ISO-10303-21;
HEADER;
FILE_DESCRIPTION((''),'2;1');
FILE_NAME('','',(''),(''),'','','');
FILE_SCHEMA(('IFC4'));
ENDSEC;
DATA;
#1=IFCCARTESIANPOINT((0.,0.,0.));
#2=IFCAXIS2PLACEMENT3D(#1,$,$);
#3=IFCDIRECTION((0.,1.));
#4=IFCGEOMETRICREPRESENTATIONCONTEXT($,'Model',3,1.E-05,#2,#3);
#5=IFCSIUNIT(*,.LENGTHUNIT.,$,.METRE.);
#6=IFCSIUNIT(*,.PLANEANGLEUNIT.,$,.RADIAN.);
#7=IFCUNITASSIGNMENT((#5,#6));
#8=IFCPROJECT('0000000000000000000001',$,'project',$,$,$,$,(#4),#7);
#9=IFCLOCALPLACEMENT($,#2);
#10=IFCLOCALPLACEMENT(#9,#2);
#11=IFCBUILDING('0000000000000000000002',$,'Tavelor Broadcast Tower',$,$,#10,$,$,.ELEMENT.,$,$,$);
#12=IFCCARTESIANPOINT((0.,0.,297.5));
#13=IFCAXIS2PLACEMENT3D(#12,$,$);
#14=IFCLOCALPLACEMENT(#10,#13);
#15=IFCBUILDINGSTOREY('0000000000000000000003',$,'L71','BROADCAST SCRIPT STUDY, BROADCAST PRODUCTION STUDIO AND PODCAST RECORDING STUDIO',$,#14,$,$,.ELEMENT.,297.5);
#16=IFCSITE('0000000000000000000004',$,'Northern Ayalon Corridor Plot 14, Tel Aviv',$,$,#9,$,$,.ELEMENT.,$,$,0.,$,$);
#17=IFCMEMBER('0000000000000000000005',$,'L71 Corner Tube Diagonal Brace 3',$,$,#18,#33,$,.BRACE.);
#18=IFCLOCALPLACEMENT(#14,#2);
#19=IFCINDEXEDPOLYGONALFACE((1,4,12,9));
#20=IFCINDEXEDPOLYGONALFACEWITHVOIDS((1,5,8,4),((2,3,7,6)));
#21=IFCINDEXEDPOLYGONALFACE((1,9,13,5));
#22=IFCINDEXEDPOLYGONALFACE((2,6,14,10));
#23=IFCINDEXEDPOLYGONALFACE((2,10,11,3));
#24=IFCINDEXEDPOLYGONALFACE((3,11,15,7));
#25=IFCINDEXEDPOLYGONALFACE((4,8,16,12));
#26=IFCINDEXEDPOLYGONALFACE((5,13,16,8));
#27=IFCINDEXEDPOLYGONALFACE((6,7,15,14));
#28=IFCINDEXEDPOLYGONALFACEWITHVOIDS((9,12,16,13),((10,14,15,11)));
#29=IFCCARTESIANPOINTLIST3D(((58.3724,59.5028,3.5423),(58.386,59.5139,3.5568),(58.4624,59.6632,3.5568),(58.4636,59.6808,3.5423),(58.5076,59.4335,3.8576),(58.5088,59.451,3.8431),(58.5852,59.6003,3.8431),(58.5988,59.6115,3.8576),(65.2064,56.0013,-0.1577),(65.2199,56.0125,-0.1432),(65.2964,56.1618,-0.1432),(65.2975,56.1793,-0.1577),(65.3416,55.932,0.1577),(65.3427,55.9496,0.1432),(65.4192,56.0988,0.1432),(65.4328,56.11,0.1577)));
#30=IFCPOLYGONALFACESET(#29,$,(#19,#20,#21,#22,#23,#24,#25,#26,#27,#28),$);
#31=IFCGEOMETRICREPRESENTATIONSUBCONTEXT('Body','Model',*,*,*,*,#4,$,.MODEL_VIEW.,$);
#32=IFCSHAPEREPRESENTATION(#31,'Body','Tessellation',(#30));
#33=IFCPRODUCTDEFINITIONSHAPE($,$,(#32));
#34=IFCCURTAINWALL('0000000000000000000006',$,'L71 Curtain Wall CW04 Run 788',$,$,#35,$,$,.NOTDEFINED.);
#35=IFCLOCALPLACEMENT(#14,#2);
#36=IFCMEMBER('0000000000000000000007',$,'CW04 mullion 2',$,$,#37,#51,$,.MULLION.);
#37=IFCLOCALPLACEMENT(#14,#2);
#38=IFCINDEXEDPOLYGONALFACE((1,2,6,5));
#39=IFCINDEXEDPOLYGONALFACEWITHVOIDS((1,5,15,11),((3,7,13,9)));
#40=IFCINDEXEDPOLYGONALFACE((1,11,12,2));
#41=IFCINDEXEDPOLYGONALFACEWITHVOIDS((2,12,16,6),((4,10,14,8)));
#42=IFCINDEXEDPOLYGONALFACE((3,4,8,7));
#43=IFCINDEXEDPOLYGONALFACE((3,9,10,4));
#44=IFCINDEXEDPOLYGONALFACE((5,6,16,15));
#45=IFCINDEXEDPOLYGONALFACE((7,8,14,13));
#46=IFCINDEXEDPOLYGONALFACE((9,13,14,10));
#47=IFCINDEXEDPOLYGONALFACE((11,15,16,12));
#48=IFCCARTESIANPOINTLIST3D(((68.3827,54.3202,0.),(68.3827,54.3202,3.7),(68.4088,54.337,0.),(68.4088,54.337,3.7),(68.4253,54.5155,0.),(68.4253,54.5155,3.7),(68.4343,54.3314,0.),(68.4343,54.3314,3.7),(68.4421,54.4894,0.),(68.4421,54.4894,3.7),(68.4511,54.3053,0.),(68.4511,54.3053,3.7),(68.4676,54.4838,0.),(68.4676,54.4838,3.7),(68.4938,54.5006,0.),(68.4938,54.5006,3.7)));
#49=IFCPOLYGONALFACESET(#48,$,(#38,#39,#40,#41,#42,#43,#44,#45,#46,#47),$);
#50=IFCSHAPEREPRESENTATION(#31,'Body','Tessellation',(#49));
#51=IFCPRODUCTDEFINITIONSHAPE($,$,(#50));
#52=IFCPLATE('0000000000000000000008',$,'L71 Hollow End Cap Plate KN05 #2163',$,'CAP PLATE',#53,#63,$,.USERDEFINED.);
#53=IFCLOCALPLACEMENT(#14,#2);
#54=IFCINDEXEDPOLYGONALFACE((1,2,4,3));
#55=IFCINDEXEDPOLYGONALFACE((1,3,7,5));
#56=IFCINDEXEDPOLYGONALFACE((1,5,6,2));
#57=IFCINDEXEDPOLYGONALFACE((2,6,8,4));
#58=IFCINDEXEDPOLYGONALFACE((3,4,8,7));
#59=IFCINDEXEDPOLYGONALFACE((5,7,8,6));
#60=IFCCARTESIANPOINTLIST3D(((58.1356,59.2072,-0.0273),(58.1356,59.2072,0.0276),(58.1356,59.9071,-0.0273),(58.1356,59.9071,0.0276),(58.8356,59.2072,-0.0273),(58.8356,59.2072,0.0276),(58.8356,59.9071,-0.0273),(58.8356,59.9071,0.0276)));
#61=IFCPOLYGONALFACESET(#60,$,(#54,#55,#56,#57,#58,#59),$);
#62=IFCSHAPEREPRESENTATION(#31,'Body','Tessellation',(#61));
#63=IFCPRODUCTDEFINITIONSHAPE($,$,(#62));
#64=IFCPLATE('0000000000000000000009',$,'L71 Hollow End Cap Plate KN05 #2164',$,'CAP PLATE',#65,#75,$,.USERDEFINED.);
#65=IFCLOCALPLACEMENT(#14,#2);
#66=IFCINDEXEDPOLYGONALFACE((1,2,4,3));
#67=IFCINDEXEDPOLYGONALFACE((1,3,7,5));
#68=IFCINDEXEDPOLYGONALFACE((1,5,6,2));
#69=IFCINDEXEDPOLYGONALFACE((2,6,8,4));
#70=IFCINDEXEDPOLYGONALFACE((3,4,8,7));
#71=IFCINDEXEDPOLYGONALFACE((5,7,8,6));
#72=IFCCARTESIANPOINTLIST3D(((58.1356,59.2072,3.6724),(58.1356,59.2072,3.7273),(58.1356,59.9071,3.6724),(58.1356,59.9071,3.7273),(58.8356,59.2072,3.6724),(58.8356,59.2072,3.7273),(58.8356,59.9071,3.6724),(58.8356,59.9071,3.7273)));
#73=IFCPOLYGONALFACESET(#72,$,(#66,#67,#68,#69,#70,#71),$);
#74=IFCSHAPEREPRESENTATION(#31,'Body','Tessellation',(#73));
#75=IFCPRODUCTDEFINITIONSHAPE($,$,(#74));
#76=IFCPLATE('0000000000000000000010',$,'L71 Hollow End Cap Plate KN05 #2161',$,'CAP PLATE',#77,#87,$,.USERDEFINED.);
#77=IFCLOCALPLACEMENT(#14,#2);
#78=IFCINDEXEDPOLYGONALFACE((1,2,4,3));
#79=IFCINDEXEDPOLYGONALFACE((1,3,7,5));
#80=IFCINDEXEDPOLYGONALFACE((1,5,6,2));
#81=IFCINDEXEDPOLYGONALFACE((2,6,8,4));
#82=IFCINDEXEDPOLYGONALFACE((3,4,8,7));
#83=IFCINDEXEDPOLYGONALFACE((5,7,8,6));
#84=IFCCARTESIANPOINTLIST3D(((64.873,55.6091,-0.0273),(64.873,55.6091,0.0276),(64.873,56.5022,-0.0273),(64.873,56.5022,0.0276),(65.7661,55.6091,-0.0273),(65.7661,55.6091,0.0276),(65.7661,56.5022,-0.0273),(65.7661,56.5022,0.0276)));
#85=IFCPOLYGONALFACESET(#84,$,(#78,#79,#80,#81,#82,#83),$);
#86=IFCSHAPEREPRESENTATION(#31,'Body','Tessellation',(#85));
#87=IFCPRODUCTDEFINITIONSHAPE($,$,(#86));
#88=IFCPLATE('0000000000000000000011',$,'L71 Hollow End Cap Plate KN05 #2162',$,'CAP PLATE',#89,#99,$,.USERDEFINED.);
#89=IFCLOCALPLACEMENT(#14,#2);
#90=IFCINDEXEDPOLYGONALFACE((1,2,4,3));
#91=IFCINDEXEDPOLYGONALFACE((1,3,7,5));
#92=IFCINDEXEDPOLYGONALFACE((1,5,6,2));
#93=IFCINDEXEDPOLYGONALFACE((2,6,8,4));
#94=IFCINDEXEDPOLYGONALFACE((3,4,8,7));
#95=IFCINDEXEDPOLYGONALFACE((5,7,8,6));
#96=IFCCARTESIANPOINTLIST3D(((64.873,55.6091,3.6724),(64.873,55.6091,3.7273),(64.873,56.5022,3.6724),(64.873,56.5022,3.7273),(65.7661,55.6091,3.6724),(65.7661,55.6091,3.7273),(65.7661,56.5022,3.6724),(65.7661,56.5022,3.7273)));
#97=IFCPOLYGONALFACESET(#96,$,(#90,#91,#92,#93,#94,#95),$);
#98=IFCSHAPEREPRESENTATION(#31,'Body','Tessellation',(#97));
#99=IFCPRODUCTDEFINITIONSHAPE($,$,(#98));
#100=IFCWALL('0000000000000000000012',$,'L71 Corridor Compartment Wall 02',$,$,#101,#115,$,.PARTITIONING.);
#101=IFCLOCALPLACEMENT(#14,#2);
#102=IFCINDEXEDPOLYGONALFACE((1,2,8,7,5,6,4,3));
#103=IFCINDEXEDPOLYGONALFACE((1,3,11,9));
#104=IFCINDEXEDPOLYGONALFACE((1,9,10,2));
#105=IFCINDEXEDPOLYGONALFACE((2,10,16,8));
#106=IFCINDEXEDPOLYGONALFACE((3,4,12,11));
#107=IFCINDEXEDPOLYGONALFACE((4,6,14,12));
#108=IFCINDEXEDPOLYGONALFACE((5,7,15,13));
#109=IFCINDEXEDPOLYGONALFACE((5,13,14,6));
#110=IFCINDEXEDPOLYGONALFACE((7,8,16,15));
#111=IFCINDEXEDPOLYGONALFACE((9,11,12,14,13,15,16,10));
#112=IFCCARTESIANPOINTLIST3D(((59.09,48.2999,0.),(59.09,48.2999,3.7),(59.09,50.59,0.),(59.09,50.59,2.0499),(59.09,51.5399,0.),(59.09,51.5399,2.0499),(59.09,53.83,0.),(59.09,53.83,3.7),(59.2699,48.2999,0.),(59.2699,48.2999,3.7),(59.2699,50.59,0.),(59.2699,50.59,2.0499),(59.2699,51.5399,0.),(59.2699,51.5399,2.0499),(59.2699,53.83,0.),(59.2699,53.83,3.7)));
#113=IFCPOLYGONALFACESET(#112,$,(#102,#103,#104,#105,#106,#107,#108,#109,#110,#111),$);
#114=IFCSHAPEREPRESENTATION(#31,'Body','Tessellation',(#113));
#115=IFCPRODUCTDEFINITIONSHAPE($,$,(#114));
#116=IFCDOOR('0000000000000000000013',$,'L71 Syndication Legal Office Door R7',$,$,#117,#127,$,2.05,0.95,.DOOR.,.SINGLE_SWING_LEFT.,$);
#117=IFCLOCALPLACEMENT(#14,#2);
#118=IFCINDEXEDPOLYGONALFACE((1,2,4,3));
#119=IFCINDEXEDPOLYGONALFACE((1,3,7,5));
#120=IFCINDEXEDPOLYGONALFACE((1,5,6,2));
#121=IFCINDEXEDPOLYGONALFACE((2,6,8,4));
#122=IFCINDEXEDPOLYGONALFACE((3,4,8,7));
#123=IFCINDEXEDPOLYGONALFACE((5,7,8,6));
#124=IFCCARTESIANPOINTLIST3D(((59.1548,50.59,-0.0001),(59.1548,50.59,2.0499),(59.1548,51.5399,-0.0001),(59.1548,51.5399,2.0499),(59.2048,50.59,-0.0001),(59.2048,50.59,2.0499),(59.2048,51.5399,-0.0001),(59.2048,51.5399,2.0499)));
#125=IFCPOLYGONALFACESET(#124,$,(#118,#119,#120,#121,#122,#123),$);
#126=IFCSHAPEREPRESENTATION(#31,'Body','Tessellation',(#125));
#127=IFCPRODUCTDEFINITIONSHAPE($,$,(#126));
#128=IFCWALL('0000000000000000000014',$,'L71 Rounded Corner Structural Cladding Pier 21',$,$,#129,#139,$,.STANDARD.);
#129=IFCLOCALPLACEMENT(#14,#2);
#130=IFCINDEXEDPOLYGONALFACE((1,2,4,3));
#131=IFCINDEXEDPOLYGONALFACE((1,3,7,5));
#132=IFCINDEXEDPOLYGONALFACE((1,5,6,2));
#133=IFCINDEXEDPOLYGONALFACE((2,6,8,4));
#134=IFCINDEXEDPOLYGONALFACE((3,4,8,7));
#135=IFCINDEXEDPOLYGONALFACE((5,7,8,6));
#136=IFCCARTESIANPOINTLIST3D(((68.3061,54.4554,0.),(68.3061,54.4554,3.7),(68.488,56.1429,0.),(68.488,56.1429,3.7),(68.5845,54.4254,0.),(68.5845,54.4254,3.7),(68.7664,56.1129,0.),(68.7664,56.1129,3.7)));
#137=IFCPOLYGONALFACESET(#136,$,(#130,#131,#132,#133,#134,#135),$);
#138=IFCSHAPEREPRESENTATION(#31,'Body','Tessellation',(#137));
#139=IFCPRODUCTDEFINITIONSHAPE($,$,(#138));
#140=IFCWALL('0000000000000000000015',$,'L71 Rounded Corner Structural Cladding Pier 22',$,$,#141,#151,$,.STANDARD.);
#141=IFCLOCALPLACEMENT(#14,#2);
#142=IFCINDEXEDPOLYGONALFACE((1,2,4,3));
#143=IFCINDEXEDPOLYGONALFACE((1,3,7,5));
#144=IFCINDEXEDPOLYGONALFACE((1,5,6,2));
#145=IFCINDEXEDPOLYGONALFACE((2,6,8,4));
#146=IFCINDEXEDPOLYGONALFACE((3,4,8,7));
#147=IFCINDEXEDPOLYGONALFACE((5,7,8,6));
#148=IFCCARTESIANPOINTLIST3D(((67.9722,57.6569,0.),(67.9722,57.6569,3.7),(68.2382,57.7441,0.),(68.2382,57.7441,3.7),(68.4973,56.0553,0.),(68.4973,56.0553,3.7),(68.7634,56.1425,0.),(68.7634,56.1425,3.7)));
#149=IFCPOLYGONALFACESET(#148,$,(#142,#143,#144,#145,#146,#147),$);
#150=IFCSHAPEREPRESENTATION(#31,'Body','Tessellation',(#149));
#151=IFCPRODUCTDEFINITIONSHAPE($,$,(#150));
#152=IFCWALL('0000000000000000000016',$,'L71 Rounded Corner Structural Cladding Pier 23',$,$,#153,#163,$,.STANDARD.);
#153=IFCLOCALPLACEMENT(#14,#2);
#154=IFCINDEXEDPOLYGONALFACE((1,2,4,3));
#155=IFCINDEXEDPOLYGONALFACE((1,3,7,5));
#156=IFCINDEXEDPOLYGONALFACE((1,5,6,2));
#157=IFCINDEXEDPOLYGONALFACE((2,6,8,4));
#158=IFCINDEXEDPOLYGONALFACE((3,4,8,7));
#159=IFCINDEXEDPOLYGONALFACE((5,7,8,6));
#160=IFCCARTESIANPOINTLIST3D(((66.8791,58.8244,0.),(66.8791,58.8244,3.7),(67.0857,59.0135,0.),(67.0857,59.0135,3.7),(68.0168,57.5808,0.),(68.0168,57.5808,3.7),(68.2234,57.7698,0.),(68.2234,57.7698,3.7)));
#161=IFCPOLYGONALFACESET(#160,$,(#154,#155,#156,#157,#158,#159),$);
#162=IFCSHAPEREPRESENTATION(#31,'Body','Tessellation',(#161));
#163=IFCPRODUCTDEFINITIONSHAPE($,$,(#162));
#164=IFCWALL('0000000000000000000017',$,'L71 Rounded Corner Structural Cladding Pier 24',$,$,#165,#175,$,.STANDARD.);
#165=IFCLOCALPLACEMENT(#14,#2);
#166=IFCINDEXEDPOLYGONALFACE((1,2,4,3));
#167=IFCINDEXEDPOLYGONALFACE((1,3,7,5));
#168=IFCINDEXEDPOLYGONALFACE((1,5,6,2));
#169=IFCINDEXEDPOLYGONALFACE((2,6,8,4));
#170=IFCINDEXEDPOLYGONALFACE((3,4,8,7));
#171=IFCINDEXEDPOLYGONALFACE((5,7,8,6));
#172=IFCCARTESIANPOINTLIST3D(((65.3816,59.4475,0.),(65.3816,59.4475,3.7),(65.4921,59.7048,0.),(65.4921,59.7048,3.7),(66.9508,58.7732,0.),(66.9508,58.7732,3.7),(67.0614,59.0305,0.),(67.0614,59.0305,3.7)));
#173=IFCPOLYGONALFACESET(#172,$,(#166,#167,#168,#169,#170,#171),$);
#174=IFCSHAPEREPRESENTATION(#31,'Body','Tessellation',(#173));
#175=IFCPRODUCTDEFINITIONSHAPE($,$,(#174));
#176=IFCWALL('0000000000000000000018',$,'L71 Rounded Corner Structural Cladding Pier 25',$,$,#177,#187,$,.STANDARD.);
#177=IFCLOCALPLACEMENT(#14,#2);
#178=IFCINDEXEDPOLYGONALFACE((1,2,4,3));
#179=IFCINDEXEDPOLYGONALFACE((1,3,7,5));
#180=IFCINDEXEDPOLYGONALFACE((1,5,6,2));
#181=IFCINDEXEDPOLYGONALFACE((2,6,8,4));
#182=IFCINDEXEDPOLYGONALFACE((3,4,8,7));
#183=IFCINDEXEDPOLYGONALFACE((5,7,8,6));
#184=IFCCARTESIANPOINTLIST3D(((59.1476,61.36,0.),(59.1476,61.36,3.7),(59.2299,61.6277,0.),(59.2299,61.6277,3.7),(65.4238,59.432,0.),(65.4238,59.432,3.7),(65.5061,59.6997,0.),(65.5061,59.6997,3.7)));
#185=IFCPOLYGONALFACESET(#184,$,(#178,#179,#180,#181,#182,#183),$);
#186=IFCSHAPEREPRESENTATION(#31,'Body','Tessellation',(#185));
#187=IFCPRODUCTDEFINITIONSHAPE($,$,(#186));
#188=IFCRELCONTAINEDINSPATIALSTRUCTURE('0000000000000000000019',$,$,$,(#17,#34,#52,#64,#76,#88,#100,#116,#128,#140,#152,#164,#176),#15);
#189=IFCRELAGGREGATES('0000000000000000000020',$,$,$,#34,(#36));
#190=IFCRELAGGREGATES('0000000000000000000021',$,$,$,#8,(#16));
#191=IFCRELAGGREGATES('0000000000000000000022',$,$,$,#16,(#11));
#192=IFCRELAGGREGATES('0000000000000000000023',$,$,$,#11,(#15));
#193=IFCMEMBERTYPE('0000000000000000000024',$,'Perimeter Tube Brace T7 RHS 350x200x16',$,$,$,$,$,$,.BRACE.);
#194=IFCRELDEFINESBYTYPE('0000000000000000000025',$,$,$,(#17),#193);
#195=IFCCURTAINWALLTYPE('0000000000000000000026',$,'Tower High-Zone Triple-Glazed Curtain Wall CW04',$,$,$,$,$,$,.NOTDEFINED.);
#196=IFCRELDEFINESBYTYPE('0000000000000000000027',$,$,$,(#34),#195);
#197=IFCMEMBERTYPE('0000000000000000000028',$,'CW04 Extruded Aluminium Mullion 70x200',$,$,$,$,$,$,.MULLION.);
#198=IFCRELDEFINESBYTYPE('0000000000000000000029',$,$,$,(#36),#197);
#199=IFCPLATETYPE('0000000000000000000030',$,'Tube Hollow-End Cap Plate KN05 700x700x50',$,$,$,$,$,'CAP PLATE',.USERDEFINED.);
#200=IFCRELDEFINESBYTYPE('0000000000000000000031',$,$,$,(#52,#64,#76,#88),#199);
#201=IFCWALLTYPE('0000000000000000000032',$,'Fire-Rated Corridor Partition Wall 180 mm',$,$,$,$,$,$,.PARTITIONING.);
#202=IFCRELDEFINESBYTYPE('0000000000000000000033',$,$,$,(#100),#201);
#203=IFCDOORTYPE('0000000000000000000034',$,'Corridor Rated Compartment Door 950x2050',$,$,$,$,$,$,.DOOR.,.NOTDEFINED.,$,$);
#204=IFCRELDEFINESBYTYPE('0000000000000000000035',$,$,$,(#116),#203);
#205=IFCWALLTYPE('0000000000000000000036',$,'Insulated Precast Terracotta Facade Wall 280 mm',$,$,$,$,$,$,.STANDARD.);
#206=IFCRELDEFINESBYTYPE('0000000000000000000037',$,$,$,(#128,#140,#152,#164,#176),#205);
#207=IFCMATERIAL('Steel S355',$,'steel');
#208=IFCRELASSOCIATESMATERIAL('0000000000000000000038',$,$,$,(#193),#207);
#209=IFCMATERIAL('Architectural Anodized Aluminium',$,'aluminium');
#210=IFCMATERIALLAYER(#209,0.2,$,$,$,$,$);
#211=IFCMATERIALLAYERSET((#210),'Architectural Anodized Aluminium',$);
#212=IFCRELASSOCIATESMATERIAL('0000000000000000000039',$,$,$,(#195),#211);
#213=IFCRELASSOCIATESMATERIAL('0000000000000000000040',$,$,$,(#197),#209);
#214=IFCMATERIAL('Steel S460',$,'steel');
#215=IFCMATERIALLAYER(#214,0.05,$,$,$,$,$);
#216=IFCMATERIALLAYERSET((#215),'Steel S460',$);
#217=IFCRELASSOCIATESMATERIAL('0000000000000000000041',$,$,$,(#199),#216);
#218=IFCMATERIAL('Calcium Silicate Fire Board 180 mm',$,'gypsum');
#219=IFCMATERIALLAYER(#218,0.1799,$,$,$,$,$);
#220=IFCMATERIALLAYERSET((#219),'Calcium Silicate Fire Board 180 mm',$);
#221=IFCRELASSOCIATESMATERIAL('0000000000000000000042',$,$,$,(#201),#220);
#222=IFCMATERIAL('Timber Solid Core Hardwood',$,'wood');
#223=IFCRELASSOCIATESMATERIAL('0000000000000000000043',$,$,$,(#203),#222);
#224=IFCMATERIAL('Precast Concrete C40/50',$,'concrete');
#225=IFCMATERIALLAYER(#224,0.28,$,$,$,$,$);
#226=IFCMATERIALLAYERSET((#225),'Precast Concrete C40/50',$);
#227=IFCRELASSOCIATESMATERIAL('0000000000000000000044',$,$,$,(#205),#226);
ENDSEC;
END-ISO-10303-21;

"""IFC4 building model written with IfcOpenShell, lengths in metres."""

from ifc_helpers import new_model, si_unit, direction, frame, frame_2d, origin, origin_2d, place, context, subcontext, project, spatial, rectangle, hollow_rectangle, extrude, source, transform, mapped, material, layer, layer_set, material_profile, profile_set, type_object, type_shapes, element, fill, aggregate, save


model = new_model("IFC4")

# Units and contexts
model_context = context("Model", 3, precision=1e-05, world=origin(), true_north=direction((0.0, 1.0)))
body_context = subcontext(model_context, "Body", "Model", "MODEL_VIEW")
ifc_project = project(units=[si_unit("LENGTHUNIT", "METRE"), si_unit("PLANEANGLEUNIT", "RADIAN")], contexts=[model_context])

# Site, building, storey
site_placement = place(None, origin())
site = spatial("IfcSite", under=ifc_project, at=site_placement, Name="Northern Ayalon Corridor Plot 14, Tel Aviv", CompositionType="ELEMENT", RefElevation=0.0)
building_placement = place(site_placement, origin())
building = spatial("IfcBuilding", under=site, at=building_placement, Name="Tavelor Broadcast Tower", CompositionType="ELEMENT")
storey_placement = place(building_placement, frame((0.0, 0.0, 297.5)))
storey = spatial("IfcBuildingStorey", under=building, at=storey_placement, Name="L71", Description="BROADCAST SCRIPT STUDY, BROADCAST PRODUCTION STUDIO AND PODCAST RECORDING STUDIO", CompositionType="ELEMENT", Elevation=297.5)

# Shared definitions
ifc_material_1 = material(Name="Steel S460", Category="steel")

# Shared definitions
ifc_material_2 = material(Name="Steel S355", Category="steel")

# Member
ifc_material_profile_1 = material_profile(ifc_material_2, hollow_rectangle(XDim=0.2, YDim=0.3501, WallThickness=0.0161, at=origin_2d()), Name="RHS 350x200x16")
ifc_profile_set_1 = profile_set([ifc_material_profile_1], Name="Steel S355")
member_type_1 = type_object("IfcMemberType", Name="Perimeter Tube Brace T7 RHS 350x200x16", PredefinedType="BRACE", material=ifc_profile_set_1)
member_1_placement = place(storey_placement, frame((65.3196, 56.0557, 0.0), z_axis=(-0.801764, 0.410792, 0.434079), x_axis=(-0.455993, -0.889984, 0.0)))
element("IfcMember", 1, at=member_1_placement, inside=storey, type_object=member_type_1, Name="L71 Corner Tube Diagonal Brace 3", PredefinedType="BRACE", context=body_context, shape_type="SweptSolid", body=[
    extrude(hollow_rectangle(XDim=0.2, YDim=0.3501, WallThickness=0.0161, at=origin_2d()), origin(), (0.0, 0.0, 1.0), 8.5237),
])

# Curtain wall, member
ifc_material_3 = material(Name="Architectural Anodized Aluminium", Category="aluminium")
ifc_layer_1 = layer(ifc_material_3, 0.2)
ifc_layer_set_1 = layer_set([ifc_layer_1], Name="Architectural Anodized Aluminium")
curtain_wall_type = type_object("IfcCurtainWallType", Name="Tower High-Zone Triple-Glazed Curtain Wall CW04", PredefinedType="NOTDEFINED", material=ifc_layer_set_1)
curtain_wall_placement = place(storey_placement, origin())
curtain_wall = element("IfcCurtainWall", 2, at=curtain_wall_placement, inside=storey, type_object=curtain_wall_type, Name="L71 Curtain Wall CW04 Run 788", PredefinedType="NOTDEFINED")
ifc_material_profile_2 = material_profile(ifc_material_3, hollow_rectangle(XDim=0.0701, YDim=0.2, WallThickness=0.022, at=origin_2d()), Name="RHS 70x200x22")
ifc_profile_set_2 = profile_set([ifc_material_profile_2], Name="Architectural Anodized Aluminium")
member_type_2 = type_object("IfcMemberType", Name="CW04 Extruded Aluminium Mullion 70x200", PredefinedType="MULLION", material=ifc_profile_set_2)
shared_shape_1 = source(origin(), body_context, "Body", "SweptSolid", [
    extrude(hollow_rectangle(XDim=0.0701, YDim=0.2, WallThickness=0.022, at=origin_2d()), origin(), (0.0, 0.0, 1.0), 3.7),
])
type_shapes(member_type_2, [shared_shape_1])
member_2_placement = place(storey_placement, frame((68.4382, 54.4104, 0.0), z_axis=(0.0, 0.0, 1.0), x_axis=(-0.976959, 0.213425, 0.0)))
member_2 = element("IfcMember", 3, at=member_2_placement, type_object=member_type_2, Name="CW04 mullion 2", PredefinedType="MULLION", context=body_context, shape_type="MappedRepresentation", body=[
    mapped(shared_shape_1, transform((0.0, 0.0, 0.0), scale=1.0)),
])
aggregate(curtain_wall, [member_2])

# Plates
ifc_layer_2 = layer(ifc_material_1, 0.05)
ifc_layer_set_2 = layer_set([ifc_layer_2], Name="Steel S460")
plate_type = type_object("IfcPlateType", Name="Tube Hollow-End Cap Plate KN05 700x700x50", ElementType="CAP PLATE", PredefinedType="USERDEFINED", material=ifc_layer_set_2)
shared_shape_2 = source(origin(), body_context, "Body", "SweptSolid", [
    extrude(rectangle(XDim=0.7, YDim=0.7, at=origin_2d()), origin(), (0.0, 0.0, 1.0), 0.0549),
])
for number, where, z_axis, x_axis, name in (
    (4, (58.4856, 59.5571, -0.0273), (0.0, 0.0, 1.0), (1.0, 0.0, 0.0), "L71 Hollow End Cap Plate KN05 #2163"),
    (5, (58.4856, 59.5571, 3.6724), (0.0, 0.0, 1.0), (1.0, 0.0, 0.0), "L71 Hollow End Cap Plate KN05 #2164"),
):
    element("IfcPlate", number, at=place(storey_placement, frame(where, z_axis=z_axis, x_axis=x_axis)), inside=storey, type_object=plate_type, Name=name, ObjectType="CAP PLATE", PredefinedType="USERDEFINED", context=body_context, shape_type="MappedRepresentation", body=[
        mapped(shared_shape_2, transform((0.0, 0.0, 0.0), scale=1.0)),
    ])
shared_shape_3 = source(origin(), body_context, "Body", "SweptSolid", [
    extrude(rectangle(XDim=0.8931, YDim=0.8931, at=origin_2d()), origin(), (0.0, 0.0, 1.0), 0.0549),
])
type_shapes(plate_type, [shared_shape_2, shared_shape_3])
for number, where, z_axis, x_axis, name in (
    (6, (65.3196, 56.0557, -0.0273), (0.0, 0.0, 1.0), (1.0, 0.0, 0.0), "L71 Hollow End Cap Plate KN05 #2161"),
    (7, (65.3196, 56.0557, 3.6724), (0.0, 0.0, 1.0), (1.0, 0.0, 0.0), "L71 Hollow End Cap Plate KN05 #2162"),
):
    element("IfcPlate", number, at=place(storey_placement, frame(where, z_axis=z_axis, x_axis=x_axis)), inside=storey, type_object=plate_type, Name=name, ObjectType="CAP PLATE", PredefinedType="USERDEFINED", context=body_context, shape_type="MappedRepresentation", body=[
        mapped(shared_shape_3, transform((0.0, 0.0, 0.0), scale=1.0)),
    ])

# Wall, opening, door
ifc_material_4 = material(Name="Calcium Silicate Fire Board 180 mm", Category="gypsum")
ifc_layer_3 = layer(ifc_material_4, 0.1799)
ifc_layer_set_3 = layer_set([ifc_layer_3], Name="Calcium Silicate Fire Board 180 mm")
wall_type_1 = type_object("IfcWallType", Name="Fire-Rated Corridor Partition Wall 180 mm", PredefinedType="PARTITIONING", material=ifc_layer_set_3)
wall_1_placement = place(storey_placement, frame((59.1799, 53.8301, 0.0), z_axis=(0.0, 0.0, 1.0), x_axis=(0.0, -1.0, 0.0)))
wall_1 = element("IfcWall", 8, at=wall_1_placement, inside=storey, type_object=wall_type_1, Name="L71 Corridor Compartment Wall 02", PredefinedType="PARTITIONING", context=body_context, shape_type="SweptSolid", body=[
    extrude(rectangle(XDim=5.53, YDim=0.1799, at=frame_2d((2.7651, 0.0))), origin(), (0.0, 0.0, 1.0), 3.7),
])
opening_placement = place(wall_1_placement, frame((2.29, 0.0, 0.0)))
opening = element("IfcOpeningElement", 9, at=opening_placement, cuts=wall_1, PredefinedType="OPENING", context=body_context, shape_type="SweptSolid", body=[
    extrude(rectangle(XDim=0.95, YDim=2.05, at=frame_2d((0.4751, 1.0249))), frame((0.0, 0.1001, 0.0), z_axis=(0.0, -1.0, 0.0), x_axis=(1.0, 0.0, 0.0)), (0.0, 0.0, 1.0), 0.2),
])
ifc_material_5 = material(Name="Timber Solid Core Hardwood", Category="wood")
door_type = type_object("IfcDoorType", Name="Corridor Rated Compartment Door 950x2050", OperationType="NOTDEFINED", PredefinedType="DOOR", material=ifc_material_5)
door_placement = place(opening_placement, origin())
door = element("IfcDoor", 10, at=door_placement, inside=storey, type_object=door_type, Name="L71 Syndication Legal Office Door R7", OperationType="SINGLE_SWING_LEFT", OverallHeight=2.05, OverallWidth=0.95, PredefinedType="DOOR", context=body_context, shape_type="SweptSolid", body=[
    extrude(rectangle(XDim=0.95, YDim=2.05, at=frame_2d((0.4751, 1.0249))), frame((0.0, 0.0249, 0.0), z_axis=(0.0, -1.0, 0.0), x_axis=(1.0, 0.0, 0.0)), (0.0, 0.0, 1.0), 0.05),
])
fill(opening, door)

# Walls
ifc_material_6 = material(Name="Precast Concrete C40/50", Category="concrete")
ifc_layer_4 = layer(ifc_material_6, 0.28)
ifc_layer_set_4 = layer_set([ifc_layer_4], Name="Precast Concrete C40/50")
wall_type_2 = type_object("IfcWallType", Name="Insulated Precast Terracotta Facade Wall 280 mm", PredefinedType="STANDARD", material=ifc_layer_set_4)
wall_2_placement = place(storey_placement, frame((68.4453, 54.4404, 0.0), z_axis=(0.0, 0.0, 1.0), x_axis=(0.107163, 0.994241, 0.0)))
element("IfcWall", 11, at=wall_2_placement, inside=storey, type_object=wall_type_2, Name="L71 Rounded Corner Structural Cladding Pier 21", PredefinedType="STANDARD", context=body_context, shape_type="SweptSolid", body=[
    extrude(rectangle(XDim=1.6973, YDim=0.28, at=frame_2d((0.8486, 0.0))), origin(), (0.0, 0.0, 1.0), 3.7),
])
for number, where, z_axis, x_axis, name in (
    (12, (68.6304, 56.0989, 0.0), (0.0, 0.0, 1.0), (-0.311574, 0.950222, 0.0), "L71 Rounded Corner Structural Cladding Pier 22"),
    (13, (68.1201, 57.6753, 0.0), (0.0, 0.0, 1.0), (-0.674977, 0.737839, 0.0), "L71 Rounded Corner Structural Cladding Pier 23"),
):
    element("IfcWall", number, at=place(storey_placement, frame(where, z_axis=z_axis, x_axis=x_axis)), inside=storey, type_object=wall_type_2, Name=name, PredefinedType="STANDARD", context=body_context, shape_type="SweptSolid", body=[
        extrude(rectangle(XDim=1.6855, YDim=0.28, at=frame_2d((0.8428, 0.0))), origin(), (0.0, 0.0, 1.0), 3.7),
    ])
wall_3_placement = place(storey_placement, frame((67.0061, 58.9019, 0.0), z_axis=(0.0, 0.0, 1.0), x_axis=(-0.918775, 0.394782, 0.0)))
element("IfcWall", 14, at=wall_3_placement, inside=storey, type_object=wall_type_2, Name="L71 Rounded Corner Structural Cladding Pier 24", PredefinedType="STANDARD", context=body_context, shape_type="SweptSolid", body=[
    extrude(rectangle(XDim=1.708, YDim=0.28, at=frame_2d((0.854, 0.0))), origin(), (0.0, 0.0, 1.0), 3.7),
])
wall_4_placement = place(storey_placement, frame((65.4648, 59.5659, 0.0), z_axis=(0.0, 0.0, 1.0), x_axis=(-0.955913, 0.293649, 0.0)))
element("IfcWall", 15, at=wall_4_placement, inside=storey, type_object=wall_type_2, Name="L71 Rounded Corner Structural Cladding Pier 25", PredefinedType="STANDARD", context=body_context, shape_type="SweptSolid", body=[
    extrude(rectangle(XDim=6.5657, YDim=0.28, at=frame_2d((3.2827, 0.0))), origin(), (0.0, 0.0, 1.0), 3.7),
])

save(model, "model.ifc")
